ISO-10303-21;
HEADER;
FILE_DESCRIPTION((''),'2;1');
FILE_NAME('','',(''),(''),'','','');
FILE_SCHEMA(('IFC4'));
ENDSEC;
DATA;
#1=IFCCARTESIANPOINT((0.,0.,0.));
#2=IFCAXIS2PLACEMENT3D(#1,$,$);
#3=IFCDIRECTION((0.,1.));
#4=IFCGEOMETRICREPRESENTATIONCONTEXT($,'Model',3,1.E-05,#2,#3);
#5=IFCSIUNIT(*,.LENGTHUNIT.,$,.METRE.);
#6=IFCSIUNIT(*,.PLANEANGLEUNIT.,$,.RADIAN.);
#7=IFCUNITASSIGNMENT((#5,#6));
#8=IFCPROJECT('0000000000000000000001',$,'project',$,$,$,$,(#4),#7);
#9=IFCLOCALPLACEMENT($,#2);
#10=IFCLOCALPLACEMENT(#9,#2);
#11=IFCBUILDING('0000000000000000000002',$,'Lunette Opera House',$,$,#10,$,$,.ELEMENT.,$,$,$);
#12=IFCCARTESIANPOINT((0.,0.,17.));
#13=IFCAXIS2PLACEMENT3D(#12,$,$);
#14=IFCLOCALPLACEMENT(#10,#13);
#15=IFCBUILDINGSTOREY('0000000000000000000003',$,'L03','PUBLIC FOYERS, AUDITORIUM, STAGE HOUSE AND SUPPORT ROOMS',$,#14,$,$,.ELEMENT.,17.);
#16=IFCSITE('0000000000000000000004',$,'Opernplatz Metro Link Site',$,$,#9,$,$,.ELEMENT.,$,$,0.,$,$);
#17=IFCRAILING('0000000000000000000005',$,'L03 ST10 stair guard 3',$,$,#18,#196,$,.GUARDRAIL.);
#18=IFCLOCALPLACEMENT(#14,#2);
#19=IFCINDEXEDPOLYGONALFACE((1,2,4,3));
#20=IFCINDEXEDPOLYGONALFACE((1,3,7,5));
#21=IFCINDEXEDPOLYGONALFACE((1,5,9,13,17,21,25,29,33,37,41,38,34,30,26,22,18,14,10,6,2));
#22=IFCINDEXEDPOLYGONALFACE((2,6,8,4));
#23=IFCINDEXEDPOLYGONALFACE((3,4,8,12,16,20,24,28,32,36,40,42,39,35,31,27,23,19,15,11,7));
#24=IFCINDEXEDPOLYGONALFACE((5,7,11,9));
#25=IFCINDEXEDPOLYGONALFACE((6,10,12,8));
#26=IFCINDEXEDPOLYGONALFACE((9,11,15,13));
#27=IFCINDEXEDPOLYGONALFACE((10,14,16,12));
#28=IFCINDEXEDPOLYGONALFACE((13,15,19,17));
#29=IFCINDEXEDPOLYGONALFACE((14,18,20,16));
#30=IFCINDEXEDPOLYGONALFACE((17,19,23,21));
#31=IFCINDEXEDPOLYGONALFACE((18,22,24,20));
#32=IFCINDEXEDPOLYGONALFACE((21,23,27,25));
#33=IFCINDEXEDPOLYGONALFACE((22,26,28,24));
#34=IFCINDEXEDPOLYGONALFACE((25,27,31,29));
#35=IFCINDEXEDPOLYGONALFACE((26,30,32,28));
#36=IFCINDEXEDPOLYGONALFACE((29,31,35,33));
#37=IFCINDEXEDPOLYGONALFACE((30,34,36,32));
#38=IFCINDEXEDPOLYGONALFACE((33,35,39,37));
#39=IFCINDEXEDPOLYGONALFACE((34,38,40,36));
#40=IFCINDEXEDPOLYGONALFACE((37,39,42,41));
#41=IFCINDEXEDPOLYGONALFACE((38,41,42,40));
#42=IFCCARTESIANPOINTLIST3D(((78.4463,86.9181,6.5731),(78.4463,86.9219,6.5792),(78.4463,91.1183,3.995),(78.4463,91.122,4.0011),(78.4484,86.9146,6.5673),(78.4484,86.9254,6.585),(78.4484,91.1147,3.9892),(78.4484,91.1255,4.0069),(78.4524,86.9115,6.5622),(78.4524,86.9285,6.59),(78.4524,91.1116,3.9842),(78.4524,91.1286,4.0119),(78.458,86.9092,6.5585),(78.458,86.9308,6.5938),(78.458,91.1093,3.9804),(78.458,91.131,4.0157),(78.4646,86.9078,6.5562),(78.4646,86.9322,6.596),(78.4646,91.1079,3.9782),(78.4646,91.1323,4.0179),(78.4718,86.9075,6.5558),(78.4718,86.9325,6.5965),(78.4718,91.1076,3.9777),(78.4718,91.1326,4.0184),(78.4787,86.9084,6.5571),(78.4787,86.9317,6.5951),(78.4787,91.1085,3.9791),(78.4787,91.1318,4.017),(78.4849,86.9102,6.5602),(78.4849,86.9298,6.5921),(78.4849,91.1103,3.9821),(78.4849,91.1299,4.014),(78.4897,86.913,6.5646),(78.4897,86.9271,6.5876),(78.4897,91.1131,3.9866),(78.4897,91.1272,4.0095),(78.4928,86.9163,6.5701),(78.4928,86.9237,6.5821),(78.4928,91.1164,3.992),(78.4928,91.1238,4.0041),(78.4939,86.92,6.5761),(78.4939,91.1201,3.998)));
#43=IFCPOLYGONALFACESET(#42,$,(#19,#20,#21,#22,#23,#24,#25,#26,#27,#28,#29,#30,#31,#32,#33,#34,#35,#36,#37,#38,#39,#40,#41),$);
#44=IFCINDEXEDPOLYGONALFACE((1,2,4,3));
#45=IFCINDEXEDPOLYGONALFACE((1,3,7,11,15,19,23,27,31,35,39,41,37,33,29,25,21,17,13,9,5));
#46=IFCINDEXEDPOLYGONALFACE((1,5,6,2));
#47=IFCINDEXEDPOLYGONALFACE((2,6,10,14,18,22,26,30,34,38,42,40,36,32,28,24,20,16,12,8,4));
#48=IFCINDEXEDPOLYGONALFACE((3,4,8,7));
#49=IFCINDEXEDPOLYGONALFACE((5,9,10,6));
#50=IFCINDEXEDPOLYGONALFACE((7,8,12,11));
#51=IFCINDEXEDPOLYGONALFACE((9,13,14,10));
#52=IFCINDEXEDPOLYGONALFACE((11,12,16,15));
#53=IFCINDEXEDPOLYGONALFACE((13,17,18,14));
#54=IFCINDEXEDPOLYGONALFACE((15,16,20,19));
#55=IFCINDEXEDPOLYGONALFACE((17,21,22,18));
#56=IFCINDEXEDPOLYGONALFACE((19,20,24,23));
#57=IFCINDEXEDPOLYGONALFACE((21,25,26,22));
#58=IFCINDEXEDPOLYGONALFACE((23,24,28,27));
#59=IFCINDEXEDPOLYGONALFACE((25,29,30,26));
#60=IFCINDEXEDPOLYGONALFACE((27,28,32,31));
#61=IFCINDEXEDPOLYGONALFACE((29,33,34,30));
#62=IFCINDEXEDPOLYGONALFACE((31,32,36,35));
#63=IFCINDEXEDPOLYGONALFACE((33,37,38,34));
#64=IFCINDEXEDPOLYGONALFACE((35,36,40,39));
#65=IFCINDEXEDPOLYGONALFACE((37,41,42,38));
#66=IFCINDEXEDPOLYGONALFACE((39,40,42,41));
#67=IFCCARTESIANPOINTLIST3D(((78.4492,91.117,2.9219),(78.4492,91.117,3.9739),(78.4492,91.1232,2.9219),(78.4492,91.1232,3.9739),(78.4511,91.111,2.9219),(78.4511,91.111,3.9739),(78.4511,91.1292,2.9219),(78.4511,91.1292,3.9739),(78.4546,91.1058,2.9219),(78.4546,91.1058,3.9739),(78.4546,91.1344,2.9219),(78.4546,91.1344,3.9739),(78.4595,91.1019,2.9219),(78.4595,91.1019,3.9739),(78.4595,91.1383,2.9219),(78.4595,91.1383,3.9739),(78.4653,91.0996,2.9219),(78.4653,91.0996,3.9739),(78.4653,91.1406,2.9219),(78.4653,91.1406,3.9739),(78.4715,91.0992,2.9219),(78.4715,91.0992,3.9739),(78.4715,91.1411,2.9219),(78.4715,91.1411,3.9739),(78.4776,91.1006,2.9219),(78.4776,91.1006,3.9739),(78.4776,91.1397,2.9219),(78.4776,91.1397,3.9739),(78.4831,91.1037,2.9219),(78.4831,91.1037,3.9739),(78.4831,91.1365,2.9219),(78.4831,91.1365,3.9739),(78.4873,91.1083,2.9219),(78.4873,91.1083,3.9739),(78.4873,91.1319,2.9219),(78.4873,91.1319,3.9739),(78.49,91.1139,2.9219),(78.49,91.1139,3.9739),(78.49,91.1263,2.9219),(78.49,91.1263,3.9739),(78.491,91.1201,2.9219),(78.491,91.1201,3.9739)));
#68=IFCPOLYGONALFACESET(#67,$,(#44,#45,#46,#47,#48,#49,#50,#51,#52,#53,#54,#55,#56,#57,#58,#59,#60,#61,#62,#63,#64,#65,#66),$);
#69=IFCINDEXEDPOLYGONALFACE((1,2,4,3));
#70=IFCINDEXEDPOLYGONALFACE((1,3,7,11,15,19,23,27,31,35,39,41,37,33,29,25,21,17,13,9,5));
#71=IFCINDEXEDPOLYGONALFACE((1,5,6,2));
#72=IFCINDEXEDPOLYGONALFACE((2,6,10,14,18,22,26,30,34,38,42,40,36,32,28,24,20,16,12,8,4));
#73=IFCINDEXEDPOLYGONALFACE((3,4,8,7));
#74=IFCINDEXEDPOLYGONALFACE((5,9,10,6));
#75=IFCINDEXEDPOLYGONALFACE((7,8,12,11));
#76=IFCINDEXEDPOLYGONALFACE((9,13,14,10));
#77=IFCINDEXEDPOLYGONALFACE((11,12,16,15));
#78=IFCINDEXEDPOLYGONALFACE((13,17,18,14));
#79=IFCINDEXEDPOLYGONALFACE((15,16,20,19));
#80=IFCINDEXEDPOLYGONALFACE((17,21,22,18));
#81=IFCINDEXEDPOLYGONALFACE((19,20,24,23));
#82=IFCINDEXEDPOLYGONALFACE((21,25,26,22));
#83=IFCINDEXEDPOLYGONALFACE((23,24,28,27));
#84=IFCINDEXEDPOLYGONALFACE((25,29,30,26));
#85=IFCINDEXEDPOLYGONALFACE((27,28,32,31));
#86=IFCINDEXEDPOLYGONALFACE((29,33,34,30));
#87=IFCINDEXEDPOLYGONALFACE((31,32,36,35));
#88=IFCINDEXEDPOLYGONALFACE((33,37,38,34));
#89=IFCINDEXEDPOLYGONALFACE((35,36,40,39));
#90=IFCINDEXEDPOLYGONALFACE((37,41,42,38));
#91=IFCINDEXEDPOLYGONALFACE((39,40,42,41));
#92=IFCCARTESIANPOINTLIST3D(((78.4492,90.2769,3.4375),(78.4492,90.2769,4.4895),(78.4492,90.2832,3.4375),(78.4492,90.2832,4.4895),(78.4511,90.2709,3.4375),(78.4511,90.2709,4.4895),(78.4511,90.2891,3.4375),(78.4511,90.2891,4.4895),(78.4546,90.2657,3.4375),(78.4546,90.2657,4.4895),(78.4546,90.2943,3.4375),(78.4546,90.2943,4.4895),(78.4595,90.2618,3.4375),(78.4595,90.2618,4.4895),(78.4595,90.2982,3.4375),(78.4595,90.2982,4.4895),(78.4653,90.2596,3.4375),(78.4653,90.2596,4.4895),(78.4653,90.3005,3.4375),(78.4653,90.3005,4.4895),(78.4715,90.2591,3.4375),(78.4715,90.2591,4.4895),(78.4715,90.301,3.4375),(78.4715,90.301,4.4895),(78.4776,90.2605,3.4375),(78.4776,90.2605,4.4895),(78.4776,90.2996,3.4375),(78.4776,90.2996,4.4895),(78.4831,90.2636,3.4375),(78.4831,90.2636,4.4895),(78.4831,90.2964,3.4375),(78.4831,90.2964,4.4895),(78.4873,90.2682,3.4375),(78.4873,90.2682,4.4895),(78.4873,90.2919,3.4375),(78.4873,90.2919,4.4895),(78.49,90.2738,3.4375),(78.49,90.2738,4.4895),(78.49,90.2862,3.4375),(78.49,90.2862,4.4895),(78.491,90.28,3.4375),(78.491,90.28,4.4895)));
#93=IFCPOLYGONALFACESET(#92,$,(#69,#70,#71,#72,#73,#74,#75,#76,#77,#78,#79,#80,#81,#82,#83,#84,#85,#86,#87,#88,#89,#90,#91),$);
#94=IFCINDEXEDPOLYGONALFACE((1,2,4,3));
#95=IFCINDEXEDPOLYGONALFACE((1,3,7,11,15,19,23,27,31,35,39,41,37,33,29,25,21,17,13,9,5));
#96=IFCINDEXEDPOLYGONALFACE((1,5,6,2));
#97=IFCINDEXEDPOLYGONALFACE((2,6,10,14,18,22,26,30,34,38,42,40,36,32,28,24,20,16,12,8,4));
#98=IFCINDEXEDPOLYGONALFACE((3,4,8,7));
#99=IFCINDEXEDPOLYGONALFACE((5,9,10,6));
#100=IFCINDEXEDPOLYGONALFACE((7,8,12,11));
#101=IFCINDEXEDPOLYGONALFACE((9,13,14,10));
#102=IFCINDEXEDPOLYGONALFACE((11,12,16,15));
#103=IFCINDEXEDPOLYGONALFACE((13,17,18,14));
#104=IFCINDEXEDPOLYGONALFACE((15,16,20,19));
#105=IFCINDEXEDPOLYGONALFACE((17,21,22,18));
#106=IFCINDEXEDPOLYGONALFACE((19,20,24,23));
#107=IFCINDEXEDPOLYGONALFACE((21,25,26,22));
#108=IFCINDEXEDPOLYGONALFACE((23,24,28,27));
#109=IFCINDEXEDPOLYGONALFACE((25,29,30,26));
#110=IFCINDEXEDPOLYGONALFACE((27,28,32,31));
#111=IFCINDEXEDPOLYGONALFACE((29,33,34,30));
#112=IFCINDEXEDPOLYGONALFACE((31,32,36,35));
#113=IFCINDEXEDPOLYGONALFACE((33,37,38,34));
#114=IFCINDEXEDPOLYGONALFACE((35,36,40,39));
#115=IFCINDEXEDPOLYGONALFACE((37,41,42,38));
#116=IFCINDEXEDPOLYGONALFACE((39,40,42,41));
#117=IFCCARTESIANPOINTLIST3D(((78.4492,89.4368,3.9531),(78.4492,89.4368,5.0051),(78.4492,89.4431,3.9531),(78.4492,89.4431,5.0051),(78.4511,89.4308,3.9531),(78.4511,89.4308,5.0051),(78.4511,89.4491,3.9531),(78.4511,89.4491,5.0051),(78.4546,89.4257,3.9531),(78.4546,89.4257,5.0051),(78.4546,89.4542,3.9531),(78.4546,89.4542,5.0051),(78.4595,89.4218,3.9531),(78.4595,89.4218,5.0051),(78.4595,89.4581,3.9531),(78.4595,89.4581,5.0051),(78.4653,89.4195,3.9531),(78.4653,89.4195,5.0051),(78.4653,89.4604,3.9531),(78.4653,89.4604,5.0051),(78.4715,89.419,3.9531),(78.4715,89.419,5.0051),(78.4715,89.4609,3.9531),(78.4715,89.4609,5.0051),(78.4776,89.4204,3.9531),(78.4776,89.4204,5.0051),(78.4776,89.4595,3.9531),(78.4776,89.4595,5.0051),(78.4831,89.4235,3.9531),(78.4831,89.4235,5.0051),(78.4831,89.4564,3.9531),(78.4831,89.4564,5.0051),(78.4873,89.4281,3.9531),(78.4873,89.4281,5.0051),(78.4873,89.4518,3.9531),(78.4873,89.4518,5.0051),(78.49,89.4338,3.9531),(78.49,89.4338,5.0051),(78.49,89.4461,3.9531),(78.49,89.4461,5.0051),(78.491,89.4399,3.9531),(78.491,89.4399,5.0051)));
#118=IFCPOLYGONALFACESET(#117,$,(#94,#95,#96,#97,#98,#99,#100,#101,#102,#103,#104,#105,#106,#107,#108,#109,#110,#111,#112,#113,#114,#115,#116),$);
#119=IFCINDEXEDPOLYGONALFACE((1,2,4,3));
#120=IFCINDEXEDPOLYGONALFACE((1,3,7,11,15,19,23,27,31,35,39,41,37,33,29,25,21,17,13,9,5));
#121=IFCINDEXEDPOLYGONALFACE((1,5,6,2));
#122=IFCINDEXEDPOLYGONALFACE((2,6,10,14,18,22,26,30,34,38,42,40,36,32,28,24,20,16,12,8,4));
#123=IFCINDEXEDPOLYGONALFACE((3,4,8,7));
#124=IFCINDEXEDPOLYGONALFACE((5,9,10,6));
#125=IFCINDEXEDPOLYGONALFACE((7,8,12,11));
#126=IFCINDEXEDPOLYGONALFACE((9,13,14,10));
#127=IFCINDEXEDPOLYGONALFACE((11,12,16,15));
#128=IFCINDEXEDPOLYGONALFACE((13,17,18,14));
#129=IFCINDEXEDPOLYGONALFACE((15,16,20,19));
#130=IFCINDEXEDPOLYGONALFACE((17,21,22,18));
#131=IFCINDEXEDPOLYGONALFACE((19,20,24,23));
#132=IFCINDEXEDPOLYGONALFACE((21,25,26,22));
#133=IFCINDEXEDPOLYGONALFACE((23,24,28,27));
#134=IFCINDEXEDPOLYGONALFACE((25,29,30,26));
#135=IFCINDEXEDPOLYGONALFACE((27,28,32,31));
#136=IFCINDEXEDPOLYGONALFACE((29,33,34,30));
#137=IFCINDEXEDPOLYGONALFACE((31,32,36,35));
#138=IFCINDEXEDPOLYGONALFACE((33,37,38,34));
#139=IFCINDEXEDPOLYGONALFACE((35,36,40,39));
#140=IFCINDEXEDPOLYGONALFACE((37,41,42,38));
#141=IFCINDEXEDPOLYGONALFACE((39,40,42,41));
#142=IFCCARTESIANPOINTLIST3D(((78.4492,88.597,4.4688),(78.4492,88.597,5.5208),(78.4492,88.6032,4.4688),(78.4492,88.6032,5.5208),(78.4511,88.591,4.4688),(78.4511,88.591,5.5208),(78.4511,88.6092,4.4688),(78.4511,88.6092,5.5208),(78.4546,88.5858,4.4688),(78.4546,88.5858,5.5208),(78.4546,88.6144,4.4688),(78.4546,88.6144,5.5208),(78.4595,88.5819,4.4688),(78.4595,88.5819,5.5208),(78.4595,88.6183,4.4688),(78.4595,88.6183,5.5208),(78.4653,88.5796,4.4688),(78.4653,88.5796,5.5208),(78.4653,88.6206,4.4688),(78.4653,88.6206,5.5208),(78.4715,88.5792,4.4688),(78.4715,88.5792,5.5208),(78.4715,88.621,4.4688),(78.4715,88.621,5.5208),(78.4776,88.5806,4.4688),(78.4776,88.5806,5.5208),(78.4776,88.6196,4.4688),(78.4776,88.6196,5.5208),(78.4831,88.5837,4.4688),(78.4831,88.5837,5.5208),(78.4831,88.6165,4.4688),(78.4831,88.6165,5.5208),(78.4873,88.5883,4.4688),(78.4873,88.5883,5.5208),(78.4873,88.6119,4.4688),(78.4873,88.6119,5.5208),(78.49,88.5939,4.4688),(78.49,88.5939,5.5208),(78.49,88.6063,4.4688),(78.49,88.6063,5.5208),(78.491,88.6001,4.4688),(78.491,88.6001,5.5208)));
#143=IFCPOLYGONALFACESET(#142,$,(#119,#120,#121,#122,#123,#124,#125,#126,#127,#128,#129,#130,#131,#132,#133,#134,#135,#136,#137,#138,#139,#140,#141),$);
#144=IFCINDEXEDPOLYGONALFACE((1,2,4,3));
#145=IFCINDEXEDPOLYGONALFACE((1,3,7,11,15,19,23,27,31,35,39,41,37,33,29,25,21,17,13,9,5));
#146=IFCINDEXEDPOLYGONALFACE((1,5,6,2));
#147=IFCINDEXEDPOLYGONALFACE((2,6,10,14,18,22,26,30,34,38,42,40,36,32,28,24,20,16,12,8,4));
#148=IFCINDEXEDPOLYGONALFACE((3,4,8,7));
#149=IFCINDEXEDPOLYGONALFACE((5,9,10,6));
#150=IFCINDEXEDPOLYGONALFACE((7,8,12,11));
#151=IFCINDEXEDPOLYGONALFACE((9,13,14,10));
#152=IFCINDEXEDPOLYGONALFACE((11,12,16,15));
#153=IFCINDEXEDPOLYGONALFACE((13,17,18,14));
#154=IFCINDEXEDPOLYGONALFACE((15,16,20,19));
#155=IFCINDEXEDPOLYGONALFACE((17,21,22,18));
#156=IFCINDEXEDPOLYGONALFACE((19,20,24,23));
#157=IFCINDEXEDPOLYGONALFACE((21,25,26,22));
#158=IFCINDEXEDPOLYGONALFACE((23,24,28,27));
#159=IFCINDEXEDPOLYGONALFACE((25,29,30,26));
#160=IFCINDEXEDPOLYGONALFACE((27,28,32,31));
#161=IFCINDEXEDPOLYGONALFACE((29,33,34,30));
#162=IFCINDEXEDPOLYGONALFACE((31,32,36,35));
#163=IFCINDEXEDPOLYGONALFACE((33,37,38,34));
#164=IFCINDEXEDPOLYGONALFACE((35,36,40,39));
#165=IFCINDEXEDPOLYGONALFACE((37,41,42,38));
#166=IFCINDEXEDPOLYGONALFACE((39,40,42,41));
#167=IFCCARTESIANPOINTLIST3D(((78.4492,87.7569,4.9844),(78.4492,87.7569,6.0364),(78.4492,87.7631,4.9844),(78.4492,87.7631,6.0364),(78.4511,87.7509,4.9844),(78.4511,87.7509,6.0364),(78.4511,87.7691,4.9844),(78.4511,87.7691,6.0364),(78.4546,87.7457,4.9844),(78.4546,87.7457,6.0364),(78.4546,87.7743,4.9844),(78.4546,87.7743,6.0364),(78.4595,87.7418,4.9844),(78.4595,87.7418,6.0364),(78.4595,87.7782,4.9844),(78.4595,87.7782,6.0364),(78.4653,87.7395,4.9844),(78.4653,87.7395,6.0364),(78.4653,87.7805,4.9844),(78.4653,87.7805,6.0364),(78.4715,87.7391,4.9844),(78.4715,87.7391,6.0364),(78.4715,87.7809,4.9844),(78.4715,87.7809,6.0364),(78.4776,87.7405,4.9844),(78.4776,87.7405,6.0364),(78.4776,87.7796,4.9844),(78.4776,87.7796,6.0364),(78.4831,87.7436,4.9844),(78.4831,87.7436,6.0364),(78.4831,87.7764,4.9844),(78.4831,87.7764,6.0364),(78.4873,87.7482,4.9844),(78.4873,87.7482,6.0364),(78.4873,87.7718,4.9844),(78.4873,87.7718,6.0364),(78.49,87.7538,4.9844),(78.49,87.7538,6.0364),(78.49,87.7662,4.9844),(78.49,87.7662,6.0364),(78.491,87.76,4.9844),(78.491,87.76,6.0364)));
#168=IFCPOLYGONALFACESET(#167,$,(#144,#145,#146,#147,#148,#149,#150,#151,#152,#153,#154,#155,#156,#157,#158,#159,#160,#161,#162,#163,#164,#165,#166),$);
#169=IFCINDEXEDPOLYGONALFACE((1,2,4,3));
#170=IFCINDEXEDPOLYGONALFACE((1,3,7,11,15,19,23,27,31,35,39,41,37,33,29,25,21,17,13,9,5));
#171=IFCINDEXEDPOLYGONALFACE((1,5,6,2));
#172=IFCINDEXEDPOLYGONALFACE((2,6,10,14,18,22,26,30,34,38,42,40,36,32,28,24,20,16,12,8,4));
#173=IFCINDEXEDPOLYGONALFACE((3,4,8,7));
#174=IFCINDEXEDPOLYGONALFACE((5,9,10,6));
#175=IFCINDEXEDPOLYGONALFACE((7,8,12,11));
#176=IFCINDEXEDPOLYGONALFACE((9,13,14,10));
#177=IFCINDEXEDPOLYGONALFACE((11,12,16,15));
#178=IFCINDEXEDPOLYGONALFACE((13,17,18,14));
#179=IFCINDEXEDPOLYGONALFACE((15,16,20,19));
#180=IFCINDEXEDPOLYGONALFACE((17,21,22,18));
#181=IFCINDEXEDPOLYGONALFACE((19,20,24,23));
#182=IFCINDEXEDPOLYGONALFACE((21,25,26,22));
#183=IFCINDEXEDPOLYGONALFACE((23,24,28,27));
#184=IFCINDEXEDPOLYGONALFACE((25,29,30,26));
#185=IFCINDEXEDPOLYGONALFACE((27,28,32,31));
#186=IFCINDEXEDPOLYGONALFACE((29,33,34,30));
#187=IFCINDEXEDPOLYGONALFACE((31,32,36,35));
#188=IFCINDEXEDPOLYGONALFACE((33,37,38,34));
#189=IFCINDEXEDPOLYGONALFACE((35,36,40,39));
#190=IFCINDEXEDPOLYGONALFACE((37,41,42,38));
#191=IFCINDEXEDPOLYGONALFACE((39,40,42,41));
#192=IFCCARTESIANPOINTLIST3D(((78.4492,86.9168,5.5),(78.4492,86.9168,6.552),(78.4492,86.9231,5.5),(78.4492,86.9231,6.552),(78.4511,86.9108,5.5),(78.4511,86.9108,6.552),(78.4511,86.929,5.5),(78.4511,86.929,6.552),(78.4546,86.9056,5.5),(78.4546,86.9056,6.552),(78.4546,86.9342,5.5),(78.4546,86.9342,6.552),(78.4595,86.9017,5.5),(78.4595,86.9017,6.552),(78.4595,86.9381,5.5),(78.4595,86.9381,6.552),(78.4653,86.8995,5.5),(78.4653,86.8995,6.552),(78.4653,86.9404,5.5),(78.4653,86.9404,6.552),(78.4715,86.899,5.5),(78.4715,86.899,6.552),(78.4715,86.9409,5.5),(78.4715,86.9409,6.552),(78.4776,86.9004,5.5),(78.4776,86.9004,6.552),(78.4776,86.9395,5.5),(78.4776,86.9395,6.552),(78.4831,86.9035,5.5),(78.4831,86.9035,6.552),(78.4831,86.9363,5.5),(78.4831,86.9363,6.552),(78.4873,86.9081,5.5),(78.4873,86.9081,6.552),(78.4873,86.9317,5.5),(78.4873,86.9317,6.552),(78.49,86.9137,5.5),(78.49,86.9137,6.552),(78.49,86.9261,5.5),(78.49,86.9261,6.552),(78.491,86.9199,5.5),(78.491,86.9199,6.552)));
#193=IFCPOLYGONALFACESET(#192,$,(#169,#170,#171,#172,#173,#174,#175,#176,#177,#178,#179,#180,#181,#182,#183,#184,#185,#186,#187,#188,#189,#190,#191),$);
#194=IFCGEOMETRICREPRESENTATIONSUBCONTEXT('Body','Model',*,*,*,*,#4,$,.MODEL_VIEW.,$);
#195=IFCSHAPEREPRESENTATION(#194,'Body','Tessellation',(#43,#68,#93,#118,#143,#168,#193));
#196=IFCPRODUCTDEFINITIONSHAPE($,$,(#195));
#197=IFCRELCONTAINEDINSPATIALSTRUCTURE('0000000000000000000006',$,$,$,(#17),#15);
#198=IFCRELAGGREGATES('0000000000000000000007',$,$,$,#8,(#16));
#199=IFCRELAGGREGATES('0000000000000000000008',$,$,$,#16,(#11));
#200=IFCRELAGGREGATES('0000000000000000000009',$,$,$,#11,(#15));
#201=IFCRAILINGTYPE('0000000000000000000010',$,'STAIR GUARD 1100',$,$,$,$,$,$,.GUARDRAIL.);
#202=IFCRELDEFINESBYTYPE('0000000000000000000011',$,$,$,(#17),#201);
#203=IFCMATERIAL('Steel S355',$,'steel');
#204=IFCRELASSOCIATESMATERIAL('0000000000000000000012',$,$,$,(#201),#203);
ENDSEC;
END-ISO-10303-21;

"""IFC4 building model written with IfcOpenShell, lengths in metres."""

from ifc_helpers import new_model, si_unit, direction, frame, origin, origin_2d, place, context, subcontext, project, spatial, circle, extrude, material, type_object, element, save


model = new_model("IFC4")

# Units and contexts
model_context = context("Model", 3, precision=1e-05, world=origin(), true_north=direction((0.0, 1.0)))
body_context = subcontext(model_context, "Body", "Model", "MODEL_VIEW")
ifc_project = project(units=[si_unit("LENGTHUNIT", "METRE"), si_unit("PLANEANGLEUNIT", "RADIAN")], contexts=[model_context])

# Site, building, storey
site_placement = place(None, origin())
site = spatial("IfcSite", under=ifc_project, at=site_placement, Name="Opernplatz Metro Link Site", CompositionType="ELEMENT", RefElevation=0.0)
building_placement = place(site_placement, origin())
building = spatial("IfcBuilding", under=site, at=building_placement, Name="Lunette Opera House", CompositionType="ELEMENT")
storey_placement = place(building_placement, frame((0.0, 0.0, 17.0)))
storey = spatial("IfcBuildingStorey", under=building, at=storey_placement, Name="L03", Description="PUBLIC FOYERS, AUDITORIUM, STAGE HOUSE AND SUPPORT ROOMS", CompositionType="ELEMENT", Elevation=17.0)

# Railing
ifc_material_1 = material(Name="Steel S355", Category="steel")
railing_type_1 = type_object("IfcRailingType", Name="STAIR GUARD 1100", PredefinedType="GUARDRAIL", material=ifc_material_1)
railing_1_placement = place(storey_placement, frame((78.47, 91.1201, 2.9219)))
element("IfcRailing", 1, at=railing_1_placement, inside=storey, type_object=railing_type_1, Name="L03 ST10 stair guard 3", PredefinedType="GUARDRAIL", context=body_context, shape_type="SweptSolid", body=[
    extrude(circle(Radius=0.0239, at=origin_2d()), frame((0.0, 0.0, 1.0762), z_axis=(0.0, -0.852256, 0.523124), x_axis=(1.0, 0.0, 0.0)), (0.0, 0.0, 1.0), 4.9282),
    extrude(circle(Radius=0.021, at=origin_2d()), origin(), (0.0, 0.0, 1.0), 1.052),
    extrude(circle(Radius=0.021, at=origin_2d()), frame((0.0, -0.8401, 0.5156)), (0.0, 0.0, 1.0), 1.052),
    extrude(circle(Radius=0.021, at=origin_2d()), frame((0.0, -1.6802, 1.0312)), (0.0, 0.0, 1.0), 1.052),
    extrude(circle(Radius=0.021, at=origin_2d()), frame((0.0, -2.52, 1.5469)), (0.0, 0.0, 1.0), 1.052),
    extrude(circle(Radius=0.021, at=origin_2d()), frame((0.0, -3.3601, 2.0625)), (0.0, 0.0, 1.0), 1.052),
    extrude(circle(Radius=0.021, at=origin_2d()), frame((0.0, -4.2002, 2.5781)), (0.0, 0.0, 1.0), 1.052),
])

save(model, "model.ifc")
